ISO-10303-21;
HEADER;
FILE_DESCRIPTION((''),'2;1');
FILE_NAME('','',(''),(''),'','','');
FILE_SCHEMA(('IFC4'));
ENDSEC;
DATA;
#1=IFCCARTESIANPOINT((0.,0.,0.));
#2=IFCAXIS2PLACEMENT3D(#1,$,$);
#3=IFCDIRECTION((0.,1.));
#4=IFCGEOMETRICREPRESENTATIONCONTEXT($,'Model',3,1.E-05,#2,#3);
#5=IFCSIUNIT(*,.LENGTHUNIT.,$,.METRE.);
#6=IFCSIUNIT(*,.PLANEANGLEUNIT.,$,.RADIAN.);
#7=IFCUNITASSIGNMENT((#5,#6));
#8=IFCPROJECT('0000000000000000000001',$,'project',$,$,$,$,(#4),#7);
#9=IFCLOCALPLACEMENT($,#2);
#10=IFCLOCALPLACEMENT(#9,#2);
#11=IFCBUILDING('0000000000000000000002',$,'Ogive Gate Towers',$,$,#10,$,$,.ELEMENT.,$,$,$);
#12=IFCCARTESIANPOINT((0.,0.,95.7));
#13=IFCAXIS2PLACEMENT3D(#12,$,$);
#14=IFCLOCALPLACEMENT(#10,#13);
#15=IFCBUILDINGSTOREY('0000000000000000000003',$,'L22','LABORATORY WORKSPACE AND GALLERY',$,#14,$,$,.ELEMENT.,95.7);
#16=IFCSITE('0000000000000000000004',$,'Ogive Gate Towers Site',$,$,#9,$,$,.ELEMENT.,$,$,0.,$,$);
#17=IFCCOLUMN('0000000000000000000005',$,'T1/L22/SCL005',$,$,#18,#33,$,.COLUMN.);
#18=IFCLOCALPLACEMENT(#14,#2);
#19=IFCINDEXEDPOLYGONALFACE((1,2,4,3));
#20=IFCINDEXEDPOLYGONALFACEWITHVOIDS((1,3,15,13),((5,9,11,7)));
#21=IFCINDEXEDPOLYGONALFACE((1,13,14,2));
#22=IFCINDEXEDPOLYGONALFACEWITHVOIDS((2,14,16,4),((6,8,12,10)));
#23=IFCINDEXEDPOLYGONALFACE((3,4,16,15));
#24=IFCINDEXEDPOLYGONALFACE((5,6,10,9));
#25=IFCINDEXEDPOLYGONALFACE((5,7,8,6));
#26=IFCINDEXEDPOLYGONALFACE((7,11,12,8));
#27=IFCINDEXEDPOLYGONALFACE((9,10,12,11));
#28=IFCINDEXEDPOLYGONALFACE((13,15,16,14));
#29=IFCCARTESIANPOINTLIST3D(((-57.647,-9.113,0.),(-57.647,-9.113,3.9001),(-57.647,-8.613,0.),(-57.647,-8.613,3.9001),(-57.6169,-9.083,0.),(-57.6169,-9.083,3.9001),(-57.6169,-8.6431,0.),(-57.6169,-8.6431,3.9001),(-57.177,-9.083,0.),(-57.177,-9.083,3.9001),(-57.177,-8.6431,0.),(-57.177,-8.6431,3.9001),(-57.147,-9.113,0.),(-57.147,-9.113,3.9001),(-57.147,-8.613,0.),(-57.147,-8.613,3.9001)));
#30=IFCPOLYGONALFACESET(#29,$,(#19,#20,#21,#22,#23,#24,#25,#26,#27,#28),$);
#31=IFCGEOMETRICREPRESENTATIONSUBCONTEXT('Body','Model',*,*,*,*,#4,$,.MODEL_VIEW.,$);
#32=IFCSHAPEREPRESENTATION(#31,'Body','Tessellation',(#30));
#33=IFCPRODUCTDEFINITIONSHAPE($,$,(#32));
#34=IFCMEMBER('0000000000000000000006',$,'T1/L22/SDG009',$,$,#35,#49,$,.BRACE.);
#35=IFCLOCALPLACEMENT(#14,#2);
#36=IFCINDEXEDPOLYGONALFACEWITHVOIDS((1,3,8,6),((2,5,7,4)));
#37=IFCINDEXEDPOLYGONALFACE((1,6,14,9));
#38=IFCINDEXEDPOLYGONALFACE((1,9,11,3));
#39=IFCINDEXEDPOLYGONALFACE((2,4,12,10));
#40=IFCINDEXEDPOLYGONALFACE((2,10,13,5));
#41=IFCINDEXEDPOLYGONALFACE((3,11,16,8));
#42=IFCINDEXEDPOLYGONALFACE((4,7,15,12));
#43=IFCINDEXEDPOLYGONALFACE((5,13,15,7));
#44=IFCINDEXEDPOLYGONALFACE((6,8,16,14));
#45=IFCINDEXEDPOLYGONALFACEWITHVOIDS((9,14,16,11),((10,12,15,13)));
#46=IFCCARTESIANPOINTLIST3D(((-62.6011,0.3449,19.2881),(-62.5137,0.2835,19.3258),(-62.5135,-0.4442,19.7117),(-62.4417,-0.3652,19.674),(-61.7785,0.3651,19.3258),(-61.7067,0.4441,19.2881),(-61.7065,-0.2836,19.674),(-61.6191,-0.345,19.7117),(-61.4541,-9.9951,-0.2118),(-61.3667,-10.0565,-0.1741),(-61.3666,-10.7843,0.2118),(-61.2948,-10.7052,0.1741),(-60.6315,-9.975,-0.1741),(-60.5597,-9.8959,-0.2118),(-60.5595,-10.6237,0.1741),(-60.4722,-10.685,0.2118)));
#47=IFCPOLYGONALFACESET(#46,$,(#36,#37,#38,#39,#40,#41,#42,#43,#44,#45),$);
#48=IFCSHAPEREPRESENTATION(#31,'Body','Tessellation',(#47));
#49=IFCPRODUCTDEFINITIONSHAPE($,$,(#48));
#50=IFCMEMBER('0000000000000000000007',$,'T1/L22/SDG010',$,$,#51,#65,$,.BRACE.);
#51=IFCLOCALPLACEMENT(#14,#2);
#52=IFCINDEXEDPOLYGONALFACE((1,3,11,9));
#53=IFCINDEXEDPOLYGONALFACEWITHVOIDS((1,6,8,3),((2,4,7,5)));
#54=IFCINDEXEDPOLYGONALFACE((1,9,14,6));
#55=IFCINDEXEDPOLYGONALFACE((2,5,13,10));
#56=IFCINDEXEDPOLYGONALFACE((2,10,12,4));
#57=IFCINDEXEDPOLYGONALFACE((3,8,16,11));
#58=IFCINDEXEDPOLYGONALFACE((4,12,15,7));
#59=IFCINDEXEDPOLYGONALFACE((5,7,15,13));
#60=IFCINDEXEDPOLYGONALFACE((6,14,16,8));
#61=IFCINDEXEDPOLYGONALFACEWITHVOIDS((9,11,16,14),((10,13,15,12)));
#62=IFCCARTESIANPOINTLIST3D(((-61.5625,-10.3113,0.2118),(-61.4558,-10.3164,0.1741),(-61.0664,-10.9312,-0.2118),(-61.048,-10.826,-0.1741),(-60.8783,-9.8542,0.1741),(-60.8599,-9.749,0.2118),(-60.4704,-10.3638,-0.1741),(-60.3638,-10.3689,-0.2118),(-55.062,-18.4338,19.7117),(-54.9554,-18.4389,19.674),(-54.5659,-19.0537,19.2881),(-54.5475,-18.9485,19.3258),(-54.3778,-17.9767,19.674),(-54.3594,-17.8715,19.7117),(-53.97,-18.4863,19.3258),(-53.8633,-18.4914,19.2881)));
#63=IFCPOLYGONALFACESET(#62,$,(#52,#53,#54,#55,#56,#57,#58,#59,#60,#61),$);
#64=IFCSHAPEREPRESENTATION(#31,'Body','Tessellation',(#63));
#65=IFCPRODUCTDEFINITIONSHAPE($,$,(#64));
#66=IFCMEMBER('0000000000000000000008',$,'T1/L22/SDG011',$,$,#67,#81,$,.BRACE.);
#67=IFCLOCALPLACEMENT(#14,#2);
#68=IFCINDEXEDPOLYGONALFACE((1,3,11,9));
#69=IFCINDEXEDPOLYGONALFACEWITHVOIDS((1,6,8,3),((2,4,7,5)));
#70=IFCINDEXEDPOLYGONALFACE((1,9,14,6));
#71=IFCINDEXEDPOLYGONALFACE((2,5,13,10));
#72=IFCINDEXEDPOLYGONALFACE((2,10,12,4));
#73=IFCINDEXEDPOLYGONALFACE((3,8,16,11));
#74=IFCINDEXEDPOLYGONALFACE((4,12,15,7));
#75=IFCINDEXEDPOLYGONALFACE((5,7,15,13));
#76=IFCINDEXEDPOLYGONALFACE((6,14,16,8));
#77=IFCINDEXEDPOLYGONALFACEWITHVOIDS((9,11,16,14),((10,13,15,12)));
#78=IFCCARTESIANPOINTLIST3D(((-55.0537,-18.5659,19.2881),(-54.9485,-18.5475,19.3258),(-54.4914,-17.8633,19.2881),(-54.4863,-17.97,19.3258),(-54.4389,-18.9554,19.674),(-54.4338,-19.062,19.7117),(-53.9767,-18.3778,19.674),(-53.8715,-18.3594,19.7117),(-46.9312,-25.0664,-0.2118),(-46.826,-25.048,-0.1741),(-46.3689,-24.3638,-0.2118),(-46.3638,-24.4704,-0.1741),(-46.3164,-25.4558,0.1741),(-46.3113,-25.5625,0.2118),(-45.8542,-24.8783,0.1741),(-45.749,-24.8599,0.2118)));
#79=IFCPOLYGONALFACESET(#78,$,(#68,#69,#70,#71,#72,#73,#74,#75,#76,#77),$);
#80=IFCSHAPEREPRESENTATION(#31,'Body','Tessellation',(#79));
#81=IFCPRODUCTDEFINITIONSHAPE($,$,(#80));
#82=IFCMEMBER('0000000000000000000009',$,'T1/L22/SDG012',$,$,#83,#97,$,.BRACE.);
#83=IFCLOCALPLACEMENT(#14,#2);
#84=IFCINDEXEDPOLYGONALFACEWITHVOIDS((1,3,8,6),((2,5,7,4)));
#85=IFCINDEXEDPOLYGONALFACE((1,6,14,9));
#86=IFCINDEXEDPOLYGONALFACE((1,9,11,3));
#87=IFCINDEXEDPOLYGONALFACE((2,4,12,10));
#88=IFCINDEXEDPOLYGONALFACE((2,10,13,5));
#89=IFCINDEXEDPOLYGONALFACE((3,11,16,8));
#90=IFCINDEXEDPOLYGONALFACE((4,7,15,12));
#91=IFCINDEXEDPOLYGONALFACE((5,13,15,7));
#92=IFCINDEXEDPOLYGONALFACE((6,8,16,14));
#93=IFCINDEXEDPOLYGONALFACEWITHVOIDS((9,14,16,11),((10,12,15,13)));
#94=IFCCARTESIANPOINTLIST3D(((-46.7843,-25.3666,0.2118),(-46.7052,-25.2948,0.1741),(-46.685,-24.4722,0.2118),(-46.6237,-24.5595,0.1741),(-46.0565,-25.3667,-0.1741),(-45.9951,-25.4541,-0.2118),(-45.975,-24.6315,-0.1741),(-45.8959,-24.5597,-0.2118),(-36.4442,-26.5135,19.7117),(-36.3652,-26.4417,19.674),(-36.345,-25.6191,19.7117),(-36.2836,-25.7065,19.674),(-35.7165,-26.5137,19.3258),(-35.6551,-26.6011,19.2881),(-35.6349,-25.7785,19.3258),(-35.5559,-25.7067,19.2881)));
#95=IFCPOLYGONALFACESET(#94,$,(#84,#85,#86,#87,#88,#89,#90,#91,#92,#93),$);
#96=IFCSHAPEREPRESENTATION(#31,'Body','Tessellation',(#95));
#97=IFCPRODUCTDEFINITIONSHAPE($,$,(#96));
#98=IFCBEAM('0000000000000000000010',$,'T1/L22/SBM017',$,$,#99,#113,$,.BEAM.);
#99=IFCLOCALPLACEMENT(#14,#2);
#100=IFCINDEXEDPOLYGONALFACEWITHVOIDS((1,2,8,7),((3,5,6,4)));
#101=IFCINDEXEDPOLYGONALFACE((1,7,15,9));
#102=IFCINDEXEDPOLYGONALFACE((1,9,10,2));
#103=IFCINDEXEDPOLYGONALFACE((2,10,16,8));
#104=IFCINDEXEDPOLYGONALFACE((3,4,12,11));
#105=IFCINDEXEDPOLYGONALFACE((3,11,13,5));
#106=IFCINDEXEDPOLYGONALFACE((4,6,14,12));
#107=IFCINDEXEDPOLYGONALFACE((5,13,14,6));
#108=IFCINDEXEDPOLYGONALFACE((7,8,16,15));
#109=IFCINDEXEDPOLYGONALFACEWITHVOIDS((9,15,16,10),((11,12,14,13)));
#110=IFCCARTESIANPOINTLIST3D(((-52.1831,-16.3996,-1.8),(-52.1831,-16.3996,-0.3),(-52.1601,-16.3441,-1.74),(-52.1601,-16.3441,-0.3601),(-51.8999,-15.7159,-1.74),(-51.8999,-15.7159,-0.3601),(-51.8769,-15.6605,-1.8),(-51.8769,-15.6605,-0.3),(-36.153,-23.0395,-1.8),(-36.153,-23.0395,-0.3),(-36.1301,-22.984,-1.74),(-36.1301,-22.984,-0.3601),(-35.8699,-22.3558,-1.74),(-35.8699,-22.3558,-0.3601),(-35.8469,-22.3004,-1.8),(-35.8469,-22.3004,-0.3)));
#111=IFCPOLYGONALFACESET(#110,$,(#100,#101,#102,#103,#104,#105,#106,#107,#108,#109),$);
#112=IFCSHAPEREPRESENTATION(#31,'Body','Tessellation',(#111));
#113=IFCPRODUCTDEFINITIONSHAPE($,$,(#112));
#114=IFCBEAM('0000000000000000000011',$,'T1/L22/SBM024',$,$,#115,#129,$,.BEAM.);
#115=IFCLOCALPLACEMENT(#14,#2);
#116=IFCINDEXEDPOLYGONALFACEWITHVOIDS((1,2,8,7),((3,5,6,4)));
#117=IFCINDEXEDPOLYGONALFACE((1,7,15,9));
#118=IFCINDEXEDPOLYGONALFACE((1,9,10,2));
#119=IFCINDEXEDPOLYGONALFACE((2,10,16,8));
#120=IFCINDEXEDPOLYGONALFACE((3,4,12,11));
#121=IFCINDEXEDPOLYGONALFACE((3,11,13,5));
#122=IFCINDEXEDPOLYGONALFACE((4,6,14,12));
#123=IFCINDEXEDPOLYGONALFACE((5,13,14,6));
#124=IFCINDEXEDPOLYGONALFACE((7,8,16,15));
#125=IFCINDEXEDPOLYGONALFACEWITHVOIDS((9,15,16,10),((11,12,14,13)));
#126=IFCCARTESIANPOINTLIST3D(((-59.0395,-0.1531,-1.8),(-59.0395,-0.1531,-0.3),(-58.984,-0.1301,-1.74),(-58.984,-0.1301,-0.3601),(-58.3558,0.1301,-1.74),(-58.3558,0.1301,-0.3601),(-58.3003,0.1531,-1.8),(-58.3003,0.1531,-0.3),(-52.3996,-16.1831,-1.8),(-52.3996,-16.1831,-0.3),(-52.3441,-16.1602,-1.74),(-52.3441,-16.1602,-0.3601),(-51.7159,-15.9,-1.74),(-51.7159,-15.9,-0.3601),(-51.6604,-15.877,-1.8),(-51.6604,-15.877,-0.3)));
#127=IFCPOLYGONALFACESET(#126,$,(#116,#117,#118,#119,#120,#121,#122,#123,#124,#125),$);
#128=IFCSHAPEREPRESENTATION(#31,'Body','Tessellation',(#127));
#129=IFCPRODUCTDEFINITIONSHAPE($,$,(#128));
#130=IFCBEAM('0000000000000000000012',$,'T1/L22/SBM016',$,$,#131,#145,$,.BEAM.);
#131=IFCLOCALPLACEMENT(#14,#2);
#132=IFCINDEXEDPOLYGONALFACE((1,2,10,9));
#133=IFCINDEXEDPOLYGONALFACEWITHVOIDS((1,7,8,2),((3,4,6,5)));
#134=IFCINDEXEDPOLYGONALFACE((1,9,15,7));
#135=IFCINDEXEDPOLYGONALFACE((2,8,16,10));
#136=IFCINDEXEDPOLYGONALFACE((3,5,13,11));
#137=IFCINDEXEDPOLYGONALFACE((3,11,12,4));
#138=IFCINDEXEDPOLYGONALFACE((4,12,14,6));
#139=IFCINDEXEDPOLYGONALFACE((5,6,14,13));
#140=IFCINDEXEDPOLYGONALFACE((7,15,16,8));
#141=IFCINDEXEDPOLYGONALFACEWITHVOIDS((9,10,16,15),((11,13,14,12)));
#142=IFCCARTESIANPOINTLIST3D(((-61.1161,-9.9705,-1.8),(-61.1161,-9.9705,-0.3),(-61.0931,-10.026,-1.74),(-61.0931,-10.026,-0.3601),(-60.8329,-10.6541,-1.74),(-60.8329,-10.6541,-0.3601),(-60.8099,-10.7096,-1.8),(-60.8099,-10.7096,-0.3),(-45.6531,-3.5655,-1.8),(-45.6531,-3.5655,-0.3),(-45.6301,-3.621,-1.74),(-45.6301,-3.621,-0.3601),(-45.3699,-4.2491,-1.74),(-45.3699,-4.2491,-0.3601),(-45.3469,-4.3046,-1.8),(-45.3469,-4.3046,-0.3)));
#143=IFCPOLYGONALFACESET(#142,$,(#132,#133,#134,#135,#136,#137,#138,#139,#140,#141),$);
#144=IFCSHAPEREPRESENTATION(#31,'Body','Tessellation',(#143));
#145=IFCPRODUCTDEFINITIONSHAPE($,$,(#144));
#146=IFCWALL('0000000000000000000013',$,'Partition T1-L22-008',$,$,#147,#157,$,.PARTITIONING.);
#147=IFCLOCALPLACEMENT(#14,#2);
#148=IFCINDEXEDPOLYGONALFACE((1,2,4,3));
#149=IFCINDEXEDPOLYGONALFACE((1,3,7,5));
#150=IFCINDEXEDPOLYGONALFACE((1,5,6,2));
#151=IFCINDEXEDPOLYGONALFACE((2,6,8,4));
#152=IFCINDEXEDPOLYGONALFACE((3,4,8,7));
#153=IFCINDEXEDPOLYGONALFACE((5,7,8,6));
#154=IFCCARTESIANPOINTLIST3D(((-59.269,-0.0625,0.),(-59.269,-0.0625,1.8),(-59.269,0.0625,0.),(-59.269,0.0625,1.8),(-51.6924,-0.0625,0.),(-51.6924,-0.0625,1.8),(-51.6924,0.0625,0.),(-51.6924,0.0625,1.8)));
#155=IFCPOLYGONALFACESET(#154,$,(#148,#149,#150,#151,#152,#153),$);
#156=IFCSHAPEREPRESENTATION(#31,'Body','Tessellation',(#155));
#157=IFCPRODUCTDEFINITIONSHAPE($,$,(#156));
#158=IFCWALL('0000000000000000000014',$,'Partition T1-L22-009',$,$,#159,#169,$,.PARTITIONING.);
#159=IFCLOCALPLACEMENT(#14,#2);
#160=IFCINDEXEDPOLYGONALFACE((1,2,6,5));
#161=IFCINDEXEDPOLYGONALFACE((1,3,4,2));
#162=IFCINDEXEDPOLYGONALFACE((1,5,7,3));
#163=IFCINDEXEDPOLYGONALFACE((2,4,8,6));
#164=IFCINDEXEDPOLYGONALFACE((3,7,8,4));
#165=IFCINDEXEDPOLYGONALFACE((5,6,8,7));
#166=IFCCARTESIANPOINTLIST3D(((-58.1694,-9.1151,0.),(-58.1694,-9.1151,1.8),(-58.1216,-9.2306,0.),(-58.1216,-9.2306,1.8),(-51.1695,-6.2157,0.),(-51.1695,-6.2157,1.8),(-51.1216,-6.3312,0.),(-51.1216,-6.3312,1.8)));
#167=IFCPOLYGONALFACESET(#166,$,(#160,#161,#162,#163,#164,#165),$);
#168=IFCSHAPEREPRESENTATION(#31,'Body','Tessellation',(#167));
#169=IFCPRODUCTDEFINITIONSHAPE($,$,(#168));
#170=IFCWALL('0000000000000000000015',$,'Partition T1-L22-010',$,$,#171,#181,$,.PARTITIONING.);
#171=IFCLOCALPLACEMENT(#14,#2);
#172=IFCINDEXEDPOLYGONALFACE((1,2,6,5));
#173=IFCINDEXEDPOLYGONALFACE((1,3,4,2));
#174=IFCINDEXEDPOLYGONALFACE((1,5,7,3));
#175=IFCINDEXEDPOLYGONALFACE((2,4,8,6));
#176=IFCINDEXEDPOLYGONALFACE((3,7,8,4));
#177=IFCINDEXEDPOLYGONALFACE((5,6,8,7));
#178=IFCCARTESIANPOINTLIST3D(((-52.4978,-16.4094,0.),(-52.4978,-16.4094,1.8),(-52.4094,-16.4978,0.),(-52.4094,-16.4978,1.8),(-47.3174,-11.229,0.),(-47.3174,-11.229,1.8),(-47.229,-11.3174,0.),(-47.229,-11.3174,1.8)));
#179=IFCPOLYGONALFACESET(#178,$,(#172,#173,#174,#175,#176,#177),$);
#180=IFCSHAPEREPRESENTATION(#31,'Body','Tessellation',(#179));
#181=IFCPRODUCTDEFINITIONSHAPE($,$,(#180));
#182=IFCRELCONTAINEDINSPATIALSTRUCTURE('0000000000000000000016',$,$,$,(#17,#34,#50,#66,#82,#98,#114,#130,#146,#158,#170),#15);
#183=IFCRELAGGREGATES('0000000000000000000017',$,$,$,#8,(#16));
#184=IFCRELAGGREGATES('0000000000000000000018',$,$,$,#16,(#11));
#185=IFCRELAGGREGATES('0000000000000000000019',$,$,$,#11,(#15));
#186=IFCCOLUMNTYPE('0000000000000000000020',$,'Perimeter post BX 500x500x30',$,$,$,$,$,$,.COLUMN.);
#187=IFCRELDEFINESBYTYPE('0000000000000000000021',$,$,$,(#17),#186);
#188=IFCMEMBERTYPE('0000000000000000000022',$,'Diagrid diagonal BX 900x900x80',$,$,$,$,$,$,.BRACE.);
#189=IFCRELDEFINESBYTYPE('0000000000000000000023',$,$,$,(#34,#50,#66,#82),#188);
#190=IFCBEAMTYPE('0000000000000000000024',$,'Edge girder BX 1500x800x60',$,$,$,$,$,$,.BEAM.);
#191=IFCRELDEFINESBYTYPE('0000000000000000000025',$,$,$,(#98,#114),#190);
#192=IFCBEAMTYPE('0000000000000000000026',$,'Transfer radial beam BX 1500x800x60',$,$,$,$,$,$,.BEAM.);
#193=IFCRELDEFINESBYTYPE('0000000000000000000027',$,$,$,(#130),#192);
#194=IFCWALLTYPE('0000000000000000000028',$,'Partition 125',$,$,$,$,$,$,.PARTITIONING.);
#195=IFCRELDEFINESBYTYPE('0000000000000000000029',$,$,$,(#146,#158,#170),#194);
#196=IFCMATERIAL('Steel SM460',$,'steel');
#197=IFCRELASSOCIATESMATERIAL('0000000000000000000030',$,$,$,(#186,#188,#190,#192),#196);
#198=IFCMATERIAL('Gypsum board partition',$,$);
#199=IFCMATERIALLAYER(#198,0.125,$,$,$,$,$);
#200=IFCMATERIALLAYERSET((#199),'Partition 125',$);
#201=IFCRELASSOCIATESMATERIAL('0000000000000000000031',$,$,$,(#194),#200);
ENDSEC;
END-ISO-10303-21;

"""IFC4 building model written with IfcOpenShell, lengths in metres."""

from ifc_helpers import new_model, si_unit, direction, frame, frame_2d, origin, origin_2d, place, context, subcontext, project, spatial, rectangle, hollow_rectangle, extrude, material, layer, layer_set, material_profile, profile_set, type_object, element, save


model = new_model("IFC4")

# Units and contexts
model_context = context("Model", 3, precision=1e-05, world=origin(), true_north=direction((0.0, 1.0)))
body_context = subcontext(model_context, "Body", "Model", "MODEL_VIEW")
ifc_project = project(units=[si_unit("LENGTHUNIT", "METRE"), si_unit("PLANEANGLEUNIT", "RADIAN")], contexts=[model_context])

# Site, building, storey
site_placement = place(None, origin())
site = spatial("IfcSite", under=ifc_project, at=site_placement, Name="Ogive Gate Towers Site", CompositionType="ELEMENT", RefElevation=0.0)
building_placement = place(site_placement, origin())
building = spatial("IfcBuilding", under=site, at=building_placement, Name="Ogive Gate Towers", CompositionType="ELEMENT")
storey_placement = place(building_placement, frame((0.0, 0.0, 95.7)))
storey = spatial("IfcBuildingStorey", under=building, at=storey_placement, Name="L22", Description="LABORATORY WORKSPACE AND GALLERY", CompositionType="ELEMENT", Elevation=95.7)

# Column
ifc_material_1 = material(Name="Steel SM460", Category="steel")
ifc_material_profile_1 = material_profile(ifc_material_1, hollow_rectangle(XDim=0.5, YDim=0.5, WallThickness=0.03, at=origin_2d()), Name="BX 500x500x30")
ifc_profile_set_1 = profile_set([ifc_material_profile_1], Name="Steel SM460")
column_type = type_object("IfcColumnType", Name="Perimeter post BX 500x500x30", PredefinedType="COLUMN", material=ifc_profile_set_1)
column_placement = place(storey_placement, frame((-57.397, -8.863, 0.0), z_axis=(0.0, 0.0, 1.0), x_axis=(1.0, 0.0, 0.0)))
element("IfcColumn", 1, at=column_placement, inside=storey, type_object=column_type, Name="T1/L22/SCL005", PredefinedType="COLUMN", context=body_context, shape_type="SweptSolid", body=[
    extrude(hollow_rectangle(XDim=0.5, YDim=0.5, WallThickness=0.03, at=origin_2d()), origin(), (0.0, 0.0, 1.0), 3.9001),
])

# Members
ifc_material_profile_2 = material_profile(ifc_material_1, hollow_rectangle(XDim=0.8999, YDim=0.8999, WallThickness=0.0801, at=origin_2d()), Name="BX 900x900x80")
ifc_profile_set_2 = profile_set([ifc_material_profile_2], Name="Steel SM460")
member_type = type_object("IfcMemberType", Name="Diagrid diagonal BX 900x900x80", PredefinedType="BRACE", material=ifc_profile_set_2)
for number, where, z_axis, x_axis, name in (
    (2, (-60.9631, -10.3401, 0.0), (-0.051895, 0.467842, 0.882287), (-0.993904, -0.110249, 0.0), "T1/L22/SDG009"),
    (3, (-60.9631, -10.3401, 0.0), (0.294118, -0.367509, 0.882288), (0.780754, 0.624838, 0.0), "T1/L22/SDG010"),
    (4, (-46.3401, -24.9631, 0.0), (-0.367509, 0.294118, 0.882288), (-0.624838, -0.780754, 0.0), "T1/L22/SDG011"),
    (5, (-46.3401, -24.9631, 0.0), (0.467842, -0.051895, 0.882287), (0.110249, 0.993904, 0.0), "T1/L22/SDG012"),
):
    element("IfcMember", number, at=place(storey_placement, frame(where, z_axis=z_axis, x_axis=x_axis)), inside=storey, type_object=member_type, Name=name, PredefinedType="BRACE", context=body_context, shape_type="SweptSolid", body=[
        extrude(hollow_rectangle(XDim=0.8999, YDim=0.8999, WallThickness=0.0801, at=origin_2d()), origin(), (0.0, 0.0, 1.0), 22.1016),
    ])

# Beams
ifc_material_profile_3 = material_profile(ifc_material_1, hollow_rectangle(XDim=0.8, YDim=1.5, WallThickness=0.0601, at=origin_2d()), Name="BX 1500x800x60")
ifc_profile_set_3 = profile_set([ifc_material_profile_3], Name="Steel SM460")
beam_type_1 = type_object("IfcBeamType", Name="Edge girder BX 1500x800x60", PredefinedType="BEAM", material=ifc_profile_set_3)
for number, where, z_axis, x_axis, name in (
    (6, (-52.03, -16.03, -1.05), (0.923879, -0.382685, 0.0), (0.382685, 0.923879, 0.0), "T1/L22/SBM017"),
    (7, (-58.6699, 0.0, -1.05), (0.382685, -0.923879, 0.0), (0.923879, 0.382685, 0.0), "T1/L22/SBM024"),
):
    element("IfcBeam", number, at=place(storey_placement, frame(where, z_axis=z_axis, x_axis=x_axis)), inside=storey, type_object=beam_type_1, Name=name, PredefinedType="BEAM", context=body_context, shape_type="SweptSolid", body=[
        extrude(hollow_rectangle(XDim=0.8, YDim=1.5, WallThickness=0.0601, at=origin_2d()), origin(), (0.0, 0.0, 1.0), 17.3508),
    ])
ifc_material_profile_4 = material_profile(ifc_material_1, hollow_rectangle(XDim=0.8, YDim=1.5, WallThickness=0.0601, at=origin_2d()), Name="BX 1500x800x60")
ifc_profile_set_4 = profile_set([ifc_material_profile_4], Name="Steel SM460")
beam_type_2 = type_object("IfcBeamType", Name="Transfer radial beam BX 1500x800x60", PredefinedType="BEAM", material=ifc_profile_set_4)
beam_placement = place(storey_placement, frame((-45.5, -3.9351, -1.05), z_axis=(-0.92388, -0.382683, 0.0), x_axis=(0.382683, -0.92388, 0.0)))
element("IfcBeam", 8, at=beam_placement, inside=storey, type_object=beam_type_2, Name="T1/L22/SBM016", PredefinedType="BEAM", context=body_context, shape_type="SweptSolid", body=[
    extrude(hollow_rectangle(XDim=0.8, YDim=1.5, WallThickness=0.0601, at=origin_2d()), origin(), (0.0, 0.0, 1.0), 16.7371),
])

# Walls
ifc_material_2 = material(Name="Gypsum board partition")
ifc_layer = layer(ifc_material_2, 0.125)
ifc_layer_set = layer_set([ifc_layer], Name="Partition 125")
wall_type = type_object("IfcWallType", Name="Partition 125", PredefinedType="PARTITIONING", material=ifc_layer_set)
for number, where, z_axis, x_axis, name in (
    (9, (-59.269, 0.0, 0.0), (0.0, 0.0, 1.0), (1.0, 0.0, 0.0), "Partition T1-L22-008"),
    (10, (-58.1455, -9.1729, 0.0), (0.0, 0.0, 1.0), (0.923883, 0.382674, 0.0), "Partition T1-L22-009"),
):
    element("IfcWall", number, at=place(storey_placement, frame(where, z_axis=z_axis, x_axis=x_axis)), inside=storey, type_object=wall_type, Name=name, PredefinedType="PARTITIONING", context=body_context, shape_type="SweptSolid", body=[
        extrude(rectangle(XDim=7.5767, YDim=0.125, at=frame_2d((3.7883, 0.0))), origin(), (0.0, 0.0, 1.0), 1.8),
    ])
wall_1_placement = place(storey_placement, frame((-52.4536, -16.4536, 0.0), z_axis=(0.0, 0.0, 1.0), x_axis=(0.707107, 0.707107, 0.0)))
element("IfcWall", 11, at=wall_1_placement, inside=storey, type_object=wall_type, Name="Partition T1-L22-010", PredefinedType="PARTITIONING", context=body_context, shape_type="SweptSolid", body=[
    extrude(rectangle(XDim=7.3262, YDim=0.125, at=frame_2d((3.6631, 0.0))), origin(), (0.0, 0.0, 1.0), 1.8),
])

save(model, "model.ifc")
